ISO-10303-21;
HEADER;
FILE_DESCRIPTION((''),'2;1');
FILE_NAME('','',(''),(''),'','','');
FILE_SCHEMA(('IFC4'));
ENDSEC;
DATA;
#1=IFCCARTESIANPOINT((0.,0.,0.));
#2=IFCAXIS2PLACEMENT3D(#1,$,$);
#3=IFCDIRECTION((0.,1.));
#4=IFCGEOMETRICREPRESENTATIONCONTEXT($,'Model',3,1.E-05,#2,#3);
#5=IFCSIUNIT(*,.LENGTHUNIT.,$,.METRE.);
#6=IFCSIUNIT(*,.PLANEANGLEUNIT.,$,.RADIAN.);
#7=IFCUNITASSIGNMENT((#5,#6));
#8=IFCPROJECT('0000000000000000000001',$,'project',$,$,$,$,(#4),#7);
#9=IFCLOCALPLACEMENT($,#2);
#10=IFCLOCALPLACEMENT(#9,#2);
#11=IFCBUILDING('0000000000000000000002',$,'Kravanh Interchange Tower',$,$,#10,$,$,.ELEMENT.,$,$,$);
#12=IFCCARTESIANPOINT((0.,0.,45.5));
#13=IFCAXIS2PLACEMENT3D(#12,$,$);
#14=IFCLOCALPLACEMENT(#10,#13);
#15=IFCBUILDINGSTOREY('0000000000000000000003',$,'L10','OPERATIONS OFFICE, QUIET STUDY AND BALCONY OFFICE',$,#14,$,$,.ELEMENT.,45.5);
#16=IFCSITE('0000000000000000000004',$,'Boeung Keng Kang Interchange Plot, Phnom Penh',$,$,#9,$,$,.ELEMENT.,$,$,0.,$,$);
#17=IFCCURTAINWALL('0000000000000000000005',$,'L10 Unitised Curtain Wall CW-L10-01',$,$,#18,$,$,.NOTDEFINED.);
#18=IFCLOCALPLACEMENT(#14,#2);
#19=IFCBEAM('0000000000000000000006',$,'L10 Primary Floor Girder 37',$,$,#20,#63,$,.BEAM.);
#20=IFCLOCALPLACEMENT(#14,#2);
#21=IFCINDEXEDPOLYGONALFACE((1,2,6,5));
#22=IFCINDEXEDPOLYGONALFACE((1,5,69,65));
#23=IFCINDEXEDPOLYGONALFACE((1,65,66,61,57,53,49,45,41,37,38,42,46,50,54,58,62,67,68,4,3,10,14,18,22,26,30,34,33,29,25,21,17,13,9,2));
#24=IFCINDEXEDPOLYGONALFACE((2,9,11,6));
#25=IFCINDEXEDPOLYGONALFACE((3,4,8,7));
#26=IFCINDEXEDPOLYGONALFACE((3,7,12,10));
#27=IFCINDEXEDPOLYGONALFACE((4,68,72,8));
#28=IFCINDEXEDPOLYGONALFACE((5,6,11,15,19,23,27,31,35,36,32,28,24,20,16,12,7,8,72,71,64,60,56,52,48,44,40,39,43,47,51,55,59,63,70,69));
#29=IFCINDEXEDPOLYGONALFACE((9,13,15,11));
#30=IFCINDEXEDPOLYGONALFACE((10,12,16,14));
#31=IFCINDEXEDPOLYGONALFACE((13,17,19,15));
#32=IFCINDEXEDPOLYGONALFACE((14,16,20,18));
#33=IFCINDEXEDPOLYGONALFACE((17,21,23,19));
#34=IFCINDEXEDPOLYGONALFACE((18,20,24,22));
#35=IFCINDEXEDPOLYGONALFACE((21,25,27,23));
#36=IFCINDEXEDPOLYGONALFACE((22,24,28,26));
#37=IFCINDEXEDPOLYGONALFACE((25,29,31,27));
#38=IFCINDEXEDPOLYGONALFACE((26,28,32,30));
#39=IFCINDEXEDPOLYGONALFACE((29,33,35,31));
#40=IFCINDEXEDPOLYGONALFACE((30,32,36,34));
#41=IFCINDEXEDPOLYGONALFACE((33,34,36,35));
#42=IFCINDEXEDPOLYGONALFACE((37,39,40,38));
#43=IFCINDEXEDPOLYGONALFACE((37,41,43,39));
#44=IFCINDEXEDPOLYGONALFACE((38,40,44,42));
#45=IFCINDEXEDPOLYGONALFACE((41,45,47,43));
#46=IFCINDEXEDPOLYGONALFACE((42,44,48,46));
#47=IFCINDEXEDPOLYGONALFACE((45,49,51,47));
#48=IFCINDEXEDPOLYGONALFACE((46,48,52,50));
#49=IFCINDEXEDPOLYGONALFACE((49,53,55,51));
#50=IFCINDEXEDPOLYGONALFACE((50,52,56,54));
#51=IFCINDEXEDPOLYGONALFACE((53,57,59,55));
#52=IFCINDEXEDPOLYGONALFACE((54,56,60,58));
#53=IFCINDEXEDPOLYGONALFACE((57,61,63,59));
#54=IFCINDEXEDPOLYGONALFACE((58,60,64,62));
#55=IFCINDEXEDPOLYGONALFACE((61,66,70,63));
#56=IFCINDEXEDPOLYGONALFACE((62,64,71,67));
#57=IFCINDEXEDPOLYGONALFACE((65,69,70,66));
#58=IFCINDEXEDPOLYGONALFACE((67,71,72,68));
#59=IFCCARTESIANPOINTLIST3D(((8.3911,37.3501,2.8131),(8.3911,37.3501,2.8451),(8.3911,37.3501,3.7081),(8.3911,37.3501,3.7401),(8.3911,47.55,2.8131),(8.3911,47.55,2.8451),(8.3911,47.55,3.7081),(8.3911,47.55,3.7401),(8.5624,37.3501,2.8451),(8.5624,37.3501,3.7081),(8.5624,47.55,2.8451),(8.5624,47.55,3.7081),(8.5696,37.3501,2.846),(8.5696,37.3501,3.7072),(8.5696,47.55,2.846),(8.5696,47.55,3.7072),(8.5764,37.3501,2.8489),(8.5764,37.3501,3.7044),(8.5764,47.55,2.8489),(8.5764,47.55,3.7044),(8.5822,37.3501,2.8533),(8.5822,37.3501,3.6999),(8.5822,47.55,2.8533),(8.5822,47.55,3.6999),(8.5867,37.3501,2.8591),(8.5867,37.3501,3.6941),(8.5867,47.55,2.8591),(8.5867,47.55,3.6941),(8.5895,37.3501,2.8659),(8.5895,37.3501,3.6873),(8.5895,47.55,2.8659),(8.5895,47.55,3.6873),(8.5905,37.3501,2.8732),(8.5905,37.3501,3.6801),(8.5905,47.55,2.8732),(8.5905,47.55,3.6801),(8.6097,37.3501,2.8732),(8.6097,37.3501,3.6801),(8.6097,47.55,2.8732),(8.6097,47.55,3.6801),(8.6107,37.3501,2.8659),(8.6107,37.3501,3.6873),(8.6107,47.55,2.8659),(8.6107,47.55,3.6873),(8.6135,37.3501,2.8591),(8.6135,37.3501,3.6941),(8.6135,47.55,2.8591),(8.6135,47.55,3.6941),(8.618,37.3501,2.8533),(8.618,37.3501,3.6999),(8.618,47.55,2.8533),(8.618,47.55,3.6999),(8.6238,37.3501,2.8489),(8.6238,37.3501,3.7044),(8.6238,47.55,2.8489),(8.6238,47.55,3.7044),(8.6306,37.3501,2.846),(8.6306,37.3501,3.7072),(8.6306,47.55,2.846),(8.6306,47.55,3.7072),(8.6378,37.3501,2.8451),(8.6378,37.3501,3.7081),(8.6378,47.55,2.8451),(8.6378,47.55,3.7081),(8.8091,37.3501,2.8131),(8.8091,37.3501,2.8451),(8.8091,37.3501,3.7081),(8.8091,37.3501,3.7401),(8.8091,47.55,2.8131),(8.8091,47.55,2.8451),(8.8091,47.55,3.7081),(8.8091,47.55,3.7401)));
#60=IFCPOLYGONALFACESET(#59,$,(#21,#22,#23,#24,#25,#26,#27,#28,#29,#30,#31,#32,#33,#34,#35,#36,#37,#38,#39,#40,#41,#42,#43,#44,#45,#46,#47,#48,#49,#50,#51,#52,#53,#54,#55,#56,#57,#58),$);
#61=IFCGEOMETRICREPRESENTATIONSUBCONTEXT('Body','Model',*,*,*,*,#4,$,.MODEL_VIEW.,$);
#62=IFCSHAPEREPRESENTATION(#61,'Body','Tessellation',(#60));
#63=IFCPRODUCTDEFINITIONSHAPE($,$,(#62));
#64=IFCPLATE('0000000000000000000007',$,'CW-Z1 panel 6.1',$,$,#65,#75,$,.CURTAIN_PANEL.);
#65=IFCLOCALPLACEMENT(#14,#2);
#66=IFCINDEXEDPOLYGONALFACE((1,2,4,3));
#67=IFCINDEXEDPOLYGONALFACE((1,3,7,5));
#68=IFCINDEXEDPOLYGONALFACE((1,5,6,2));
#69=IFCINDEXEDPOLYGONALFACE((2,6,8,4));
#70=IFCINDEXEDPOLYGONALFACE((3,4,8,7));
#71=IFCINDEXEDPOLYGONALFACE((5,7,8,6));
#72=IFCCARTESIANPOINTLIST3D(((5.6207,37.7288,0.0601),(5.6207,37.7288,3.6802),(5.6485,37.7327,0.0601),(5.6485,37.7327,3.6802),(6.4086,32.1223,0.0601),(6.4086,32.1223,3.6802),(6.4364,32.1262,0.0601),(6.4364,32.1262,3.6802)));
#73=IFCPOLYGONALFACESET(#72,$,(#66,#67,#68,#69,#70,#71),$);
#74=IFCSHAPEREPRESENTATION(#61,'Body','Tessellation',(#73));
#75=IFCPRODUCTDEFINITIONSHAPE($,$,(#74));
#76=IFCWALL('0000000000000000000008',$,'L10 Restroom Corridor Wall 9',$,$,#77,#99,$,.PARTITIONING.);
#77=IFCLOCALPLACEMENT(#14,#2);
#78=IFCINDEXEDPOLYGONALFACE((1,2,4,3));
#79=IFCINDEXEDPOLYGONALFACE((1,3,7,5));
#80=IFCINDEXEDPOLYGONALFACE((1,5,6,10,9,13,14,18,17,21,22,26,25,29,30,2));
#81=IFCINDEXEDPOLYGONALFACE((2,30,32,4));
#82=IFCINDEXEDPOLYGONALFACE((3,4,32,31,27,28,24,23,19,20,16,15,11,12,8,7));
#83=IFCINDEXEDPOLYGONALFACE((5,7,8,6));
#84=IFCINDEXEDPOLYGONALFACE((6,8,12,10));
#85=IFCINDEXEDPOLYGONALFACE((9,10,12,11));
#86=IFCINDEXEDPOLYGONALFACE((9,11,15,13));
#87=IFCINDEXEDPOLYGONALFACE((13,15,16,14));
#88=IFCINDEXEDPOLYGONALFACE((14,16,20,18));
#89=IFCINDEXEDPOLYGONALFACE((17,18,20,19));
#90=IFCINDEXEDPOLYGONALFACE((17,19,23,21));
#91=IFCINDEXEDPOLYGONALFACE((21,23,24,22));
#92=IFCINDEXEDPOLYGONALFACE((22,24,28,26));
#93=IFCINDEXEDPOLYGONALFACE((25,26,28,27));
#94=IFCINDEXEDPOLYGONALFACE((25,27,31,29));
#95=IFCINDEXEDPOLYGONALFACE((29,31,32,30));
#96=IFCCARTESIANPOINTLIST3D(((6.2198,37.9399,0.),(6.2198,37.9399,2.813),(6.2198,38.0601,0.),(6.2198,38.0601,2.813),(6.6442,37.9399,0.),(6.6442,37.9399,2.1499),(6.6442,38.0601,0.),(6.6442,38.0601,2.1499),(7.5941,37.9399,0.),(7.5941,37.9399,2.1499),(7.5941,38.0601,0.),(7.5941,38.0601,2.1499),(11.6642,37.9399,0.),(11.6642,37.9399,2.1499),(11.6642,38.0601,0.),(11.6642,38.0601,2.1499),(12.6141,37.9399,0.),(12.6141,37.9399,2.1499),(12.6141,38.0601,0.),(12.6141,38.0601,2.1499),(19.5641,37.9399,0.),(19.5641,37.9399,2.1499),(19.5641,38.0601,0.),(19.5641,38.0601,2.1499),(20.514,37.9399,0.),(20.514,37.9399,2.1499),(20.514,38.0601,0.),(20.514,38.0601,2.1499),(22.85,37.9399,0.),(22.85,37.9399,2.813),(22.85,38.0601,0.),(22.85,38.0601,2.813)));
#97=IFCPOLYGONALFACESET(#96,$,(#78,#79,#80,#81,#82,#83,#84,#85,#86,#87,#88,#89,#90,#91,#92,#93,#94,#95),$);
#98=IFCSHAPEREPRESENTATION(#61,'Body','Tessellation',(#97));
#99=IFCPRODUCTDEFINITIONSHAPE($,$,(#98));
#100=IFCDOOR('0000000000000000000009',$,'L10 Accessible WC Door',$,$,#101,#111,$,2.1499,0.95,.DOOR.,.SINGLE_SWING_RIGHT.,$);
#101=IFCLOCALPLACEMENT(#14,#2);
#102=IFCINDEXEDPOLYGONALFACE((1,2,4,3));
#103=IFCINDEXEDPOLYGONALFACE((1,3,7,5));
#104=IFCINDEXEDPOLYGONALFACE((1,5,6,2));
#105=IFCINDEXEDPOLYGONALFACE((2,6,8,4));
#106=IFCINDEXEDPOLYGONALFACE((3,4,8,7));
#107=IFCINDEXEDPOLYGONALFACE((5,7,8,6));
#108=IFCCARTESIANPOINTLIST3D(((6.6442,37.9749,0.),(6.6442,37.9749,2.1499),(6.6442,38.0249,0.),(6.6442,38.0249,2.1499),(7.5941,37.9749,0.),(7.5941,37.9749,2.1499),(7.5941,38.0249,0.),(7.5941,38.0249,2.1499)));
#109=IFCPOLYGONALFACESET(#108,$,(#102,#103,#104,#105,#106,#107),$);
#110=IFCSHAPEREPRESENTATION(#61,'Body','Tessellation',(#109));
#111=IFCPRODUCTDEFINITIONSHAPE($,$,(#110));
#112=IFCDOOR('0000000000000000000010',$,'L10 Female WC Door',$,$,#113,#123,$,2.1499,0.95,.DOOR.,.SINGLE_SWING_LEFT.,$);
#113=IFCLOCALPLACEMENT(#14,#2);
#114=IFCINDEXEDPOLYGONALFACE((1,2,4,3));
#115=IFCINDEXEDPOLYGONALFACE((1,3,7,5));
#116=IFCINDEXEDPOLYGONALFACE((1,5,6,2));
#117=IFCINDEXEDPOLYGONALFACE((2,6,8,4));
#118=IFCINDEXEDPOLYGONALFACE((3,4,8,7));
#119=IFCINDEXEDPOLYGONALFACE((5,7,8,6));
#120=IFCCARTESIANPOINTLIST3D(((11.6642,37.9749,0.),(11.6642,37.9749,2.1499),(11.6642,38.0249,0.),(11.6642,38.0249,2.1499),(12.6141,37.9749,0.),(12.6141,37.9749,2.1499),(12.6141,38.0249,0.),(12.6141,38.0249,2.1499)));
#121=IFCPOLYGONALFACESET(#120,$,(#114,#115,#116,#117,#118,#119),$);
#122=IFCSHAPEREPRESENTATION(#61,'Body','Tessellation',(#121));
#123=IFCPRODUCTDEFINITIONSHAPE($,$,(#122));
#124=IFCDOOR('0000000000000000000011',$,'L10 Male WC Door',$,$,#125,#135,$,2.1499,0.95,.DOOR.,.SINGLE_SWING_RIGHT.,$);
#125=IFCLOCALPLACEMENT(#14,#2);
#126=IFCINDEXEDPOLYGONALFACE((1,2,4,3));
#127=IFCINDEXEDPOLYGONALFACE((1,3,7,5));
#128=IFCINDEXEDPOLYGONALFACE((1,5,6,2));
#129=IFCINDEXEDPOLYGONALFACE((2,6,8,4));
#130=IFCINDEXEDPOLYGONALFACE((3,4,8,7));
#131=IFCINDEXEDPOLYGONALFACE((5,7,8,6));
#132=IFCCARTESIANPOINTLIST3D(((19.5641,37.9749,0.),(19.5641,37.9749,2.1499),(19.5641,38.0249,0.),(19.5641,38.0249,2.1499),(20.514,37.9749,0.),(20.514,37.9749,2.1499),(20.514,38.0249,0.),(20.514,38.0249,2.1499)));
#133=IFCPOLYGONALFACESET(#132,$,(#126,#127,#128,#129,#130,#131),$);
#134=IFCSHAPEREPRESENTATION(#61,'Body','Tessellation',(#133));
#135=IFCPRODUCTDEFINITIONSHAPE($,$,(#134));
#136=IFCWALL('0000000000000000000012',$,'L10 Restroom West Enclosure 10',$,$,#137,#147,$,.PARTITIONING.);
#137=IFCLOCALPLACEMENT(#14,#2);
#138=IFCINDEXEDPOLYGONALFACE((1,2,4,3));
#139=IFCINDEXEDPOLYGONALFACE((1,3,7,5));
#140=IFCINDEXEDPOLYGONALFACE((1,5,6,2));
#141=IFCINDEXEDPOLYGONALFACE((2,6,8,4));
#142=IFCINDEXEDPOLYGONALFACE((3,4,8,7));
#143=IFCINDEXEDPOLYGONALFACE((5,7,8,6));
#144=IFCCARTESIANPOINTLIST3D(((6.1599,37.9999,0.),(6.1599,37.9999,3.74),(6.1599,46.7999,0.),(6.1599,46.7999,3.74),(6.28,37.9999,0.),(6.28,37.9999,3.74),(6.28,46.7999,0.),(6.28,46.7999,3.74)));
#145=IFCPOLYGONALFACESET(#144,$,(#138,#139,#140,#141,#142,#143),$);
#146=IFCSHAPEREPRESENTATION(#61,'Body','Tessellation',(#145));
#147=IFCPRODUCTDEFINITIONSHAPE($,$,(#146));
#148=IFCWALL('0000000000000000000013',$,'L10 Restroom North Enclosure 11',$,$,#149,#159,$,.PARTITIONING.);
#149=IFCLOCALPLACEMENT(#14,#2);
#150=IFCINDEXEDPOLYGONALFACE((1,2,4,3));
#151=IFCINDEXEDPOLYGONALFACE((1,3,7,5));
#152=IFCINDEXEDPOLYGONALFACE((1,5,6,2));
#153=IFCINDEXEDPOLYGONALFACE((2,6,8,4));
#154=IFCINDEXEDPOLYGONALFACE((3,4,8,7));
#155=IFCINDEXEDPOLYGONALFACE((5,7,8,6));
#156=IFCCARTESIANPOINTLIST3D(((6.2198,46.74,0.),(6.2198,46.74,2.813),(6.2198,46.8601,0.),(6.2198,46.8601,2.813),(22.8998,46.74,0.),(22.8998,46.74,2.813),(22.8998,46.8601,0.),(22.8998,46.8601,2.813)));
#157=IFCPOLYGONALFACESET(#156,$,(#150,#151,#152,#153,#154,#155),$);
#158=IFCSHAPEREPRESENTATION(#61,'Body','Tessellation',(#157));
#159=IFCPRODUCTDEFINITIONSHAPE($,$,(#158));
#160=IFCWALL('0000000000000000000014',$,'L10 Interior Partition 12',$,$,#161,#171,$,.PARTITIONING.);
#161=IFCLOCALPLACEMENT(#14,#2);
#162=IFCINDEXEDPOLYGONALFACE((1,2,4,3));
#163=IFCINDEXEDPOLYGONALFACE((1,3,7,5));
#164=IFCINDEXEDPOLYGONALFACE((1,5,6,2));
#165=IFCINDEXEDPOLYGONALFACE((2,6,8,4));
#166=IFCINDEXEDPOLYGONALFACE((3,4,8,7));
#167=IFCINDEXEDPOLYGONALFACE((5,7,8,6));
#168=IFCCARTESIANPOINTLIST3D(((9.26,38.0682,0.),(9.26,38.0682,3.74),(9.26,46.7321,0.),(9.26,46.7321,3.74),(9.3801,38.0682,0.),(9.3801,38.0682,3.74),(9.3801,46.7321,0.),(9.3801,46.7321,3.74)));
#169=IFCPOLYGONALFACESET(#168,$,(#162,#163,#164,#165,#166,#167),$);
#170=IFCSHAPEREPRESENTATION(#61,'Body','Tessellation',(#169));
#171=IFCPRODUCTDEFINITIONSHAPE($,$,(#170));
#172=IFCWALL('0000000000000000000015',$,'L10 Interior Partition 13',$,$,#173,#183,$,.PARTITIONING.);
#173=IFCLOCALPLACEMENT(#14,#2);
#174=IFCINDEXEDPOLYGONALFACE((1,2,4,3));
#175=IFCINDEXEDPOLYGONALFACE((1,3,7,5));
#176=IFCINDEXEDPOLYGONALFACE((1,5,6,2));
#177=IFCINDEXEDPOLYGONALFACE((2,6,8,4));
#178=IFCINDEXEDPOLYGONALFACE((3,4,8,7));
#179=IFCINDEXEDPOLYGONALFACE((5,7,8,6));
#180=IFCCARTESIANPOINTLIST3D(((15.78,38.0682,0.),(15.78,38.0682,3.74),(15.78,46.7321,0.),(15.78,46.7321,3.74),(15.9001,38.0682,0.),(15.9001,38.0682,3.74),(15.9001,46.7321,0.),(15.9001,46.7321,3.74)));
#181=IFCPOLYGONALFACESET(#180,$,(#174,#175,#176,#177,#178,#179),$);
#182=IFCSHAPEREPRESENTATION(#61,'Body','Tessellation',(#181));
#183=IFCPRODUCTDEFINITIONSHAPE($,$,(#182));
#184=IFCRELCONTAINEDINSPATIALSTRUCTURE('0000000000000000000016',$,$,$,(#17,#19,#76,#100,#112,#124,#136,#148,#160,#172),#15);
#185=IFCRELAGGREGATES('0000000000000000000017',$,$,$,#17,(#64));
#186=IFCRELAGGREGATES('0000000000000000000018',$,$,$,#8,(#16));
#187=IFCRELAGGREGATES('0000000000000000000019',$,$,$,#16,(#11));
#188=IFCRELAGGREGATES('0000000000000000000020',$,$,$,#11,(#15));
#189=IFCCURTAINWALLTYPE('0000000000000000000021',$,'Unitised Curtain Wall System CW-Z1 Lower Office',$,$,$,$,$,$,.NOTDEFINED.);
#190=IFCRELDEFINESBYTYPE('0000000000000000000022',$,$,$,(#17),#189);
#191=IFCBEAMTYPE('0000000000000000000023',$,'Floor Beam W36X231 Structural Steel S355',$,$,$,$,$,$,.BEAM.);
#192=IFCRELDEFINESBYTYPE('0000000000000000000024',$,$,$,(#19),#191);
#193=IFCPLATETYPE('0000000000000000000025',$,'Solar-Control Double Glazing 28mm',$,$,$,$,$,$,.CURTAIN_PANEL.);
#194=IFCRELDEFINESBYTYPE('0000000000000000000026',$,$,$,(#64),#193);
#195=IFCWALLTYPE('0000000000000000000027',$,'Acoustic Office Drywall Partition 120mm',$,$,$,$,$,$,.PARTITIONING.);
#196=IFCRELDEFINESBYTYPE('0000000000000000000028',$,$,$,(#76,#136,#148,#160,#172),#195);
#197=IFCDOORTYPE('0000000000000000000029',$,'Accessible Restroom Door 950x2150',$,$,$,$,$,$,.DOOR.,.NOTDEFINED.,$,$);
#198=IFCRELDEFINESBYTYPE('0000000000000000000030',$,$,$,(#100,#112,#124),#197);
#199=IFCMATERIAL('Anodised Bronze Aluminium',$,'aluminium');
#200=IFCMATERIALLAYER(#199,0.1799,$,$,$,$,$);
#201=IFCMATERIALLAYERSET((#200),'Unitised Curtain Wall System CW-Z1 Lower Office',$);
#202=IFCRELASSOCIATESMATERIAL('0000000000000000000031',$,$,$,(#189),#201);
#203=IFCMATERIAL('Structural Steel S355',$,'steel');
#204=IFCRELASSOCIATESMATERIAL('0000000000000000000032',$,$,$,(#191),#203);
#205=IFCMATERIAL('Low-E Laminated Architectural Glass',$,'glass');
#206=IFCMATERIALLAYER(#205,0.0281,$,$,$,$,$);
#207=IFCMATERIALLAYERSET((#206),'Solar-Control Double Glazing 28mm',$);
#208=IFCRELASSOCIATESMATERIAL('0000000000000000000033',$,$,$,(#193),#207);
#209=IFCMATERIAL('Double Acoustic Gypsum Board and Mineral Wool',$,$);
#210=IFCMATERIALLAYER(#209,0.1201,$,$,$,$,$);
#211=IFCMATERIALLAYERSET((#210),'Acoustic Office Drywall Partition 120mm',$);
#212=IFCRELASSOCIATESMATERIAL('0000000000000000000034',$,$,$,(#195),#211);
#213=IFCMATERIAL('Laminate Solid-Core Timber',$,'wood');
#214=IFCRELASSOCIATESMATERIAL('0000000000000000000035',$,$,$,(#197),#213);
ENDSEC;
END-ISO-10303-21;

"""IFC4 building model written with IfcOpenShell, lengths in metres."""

from ifc_helpers import new_model, si_unit, direction, frame, frame_2d, origin, origin_2d, place, context, subcontext, project, spatial, rectangle, i_section, extrude, material, layer, layer_set, material_profile, profile_set, type_object, element, fill, aggregate, save


model = new_model("IFC4")

# Units and contexts
model_context = context("Model", 3, precision=1e-05, world=origin(), true_north=direction((0.0, 1.0)))
body_context = subcontext(model_context, "Body", "Model", "MODEL_VIEW")
ifc_project = project(units=[si_unit("LENGTHUNIT", "METRE"), si_unit("PLANEANGLEUNIT", "RADIAN")], contexts=[model_context])

# Site, building, storey
site_placement = place(None, origin())
site = spatial("IfcSite", under=ifc_project, at=site_placement, Name="Boeung Keng Kang Interchange Plot, Phnom Penh", CompositionType="ELEMENT", RefElevation=0.0)
building_placement = place(site_placement, origin())
building = spatial("IfcBuilding", under=site, at=building_placement, Name="Kravanh Interchange Tower", CompositionType="ELEMENT")
storey_placement = place(building_placement, frame((0.0, 0.0, 45.5)))
storey = spatial("IfcBuildingStorey", under=building, at=storey_placement, Name="L10", Description="OPERATIONS OFFICE, QUIET STUDY AND BALCONY OFFICE", CompositionType="ELEMENT", Elevation=45.5)

# Curtain wall
ifc_material_1 = material(Name="Anodised Bronze Aluminium", Category="aluminium")
ifc_layer_1 = layer(ifc_material_1, 0.1799)
ifc_layer_set_1 = layer_set([ifc_layer_1], Name="Unitised Curtain Wall System CW-Z1 Lower Office")
curtain_wall_type = type_object("IfcCurtainWallType", Name="Unitised Curtain Wall System CW-Z1 Lower Office", PredefinedType="NOTDEFINED", material=ifc_layer_set_1)
curtain_wall_placement = place(storey_placement, origin())
curtain_wall = element("IfcCurtainWall", 1, at=curtain_wall_placement, inside=storey, type_object=curtain_wall_type, Name="L10 Unitised Curtain Wall CW-L10-01", PredefinedType="NOTDEFINED")

# Beam
ifc_material_2 = material(Name="Structural Steel S355", Category="steel")
ifc_material_profile_1 = material_profile(ifc_material_2, i_section(OverallWidth=0.418, OverallDepth=0.927, WebThickness=0.0193, FlangeThickness=0.032, FilletRadius=0.0281, at=origin_2d()), Name="W36X231")
ifc_profile_set_1 = profile_set([ifc_material_profile_1], Name="Structural Steel S355")
beam_type = type_object("IfcBeamType", Name="Floor Beam W36X231 Structural Steel S355", PredefinedType="BEAM", material=ifc_profile_set_1)
beam_1_placement = place(storey_placement, frame((8.6001, 37.3501, 3.2766), z_axis=(0.0, 1.0, 0.0), x_axis=(-1.0, 0.0, 0.0)))
element("IfcBeam", 2, at=beam_1_placement, inside=storey, type_object=beam_type, Name="L10 Primary Floor Girder 37", PredefinedType="BEAM", context=body_context, shape_type="SweptSolid", body=[
    extrude(i_section(OverallWidth=0.418, OverallDepth=0.927, WebThickness=0.0193, FlangeThickness=0.032, FilletRadius=0.0281, at=origin_2d()), origin(), (0.0, 0.0, 1.0), 10.2),
])

# Plate
ifc_material_3 = material(Name="Low-E Laminated Architectural Glass", Category="glass")
ifc_layer_2 = layer(ifc_material_3, 0.0281)
ifc_layer_set_2 = layer_set([ifc_layer_2], Name="Solar-Control Double Glazing 28mm")
plate_type = type_object("IfcPlateType", Name="Solar-Control Double Glazing 28mm", PredefinedType="CURTAIN_PANEL", material=ifc_layer_set_2)
plate_placement = place(storey_placement, frame((6.0286, 34.9275, 0.0601), z_axis=(0.0, 0.0, 1.0), x_axis=(-0.139177, 0.990268, 0.0)))
plate = element("IfcPlate", 3, at=plate_placement, type_object=plate_type, Name="CW-Z1 panel 6.1", PredefinedType="CURTAIN_PANEL", context=body_context, shape_type="SweptSolid", body=[
    extrude(rectangle(XDim=5.6616, YDim=0.0281, at=origin_2d()), origin(), (0.0, 0.0, 1.0), 3.6201),
])
aggregate(curtain_wall, [plate])

# Wall, openings, doors
ifc_material_4 = material(Name="Double Acoustic Gypsum Board and Mineral Wool")
ifc_layer_3 = layer(ifc_material_4, 0.1201)
ifc_layer_set_3 = layer_set([ifc_layer_3], Name="Acoustic Office Drywall Partition 120mm")
wall_type_1 = type_object("IfcWallType", Name="Acoustic Office Drywall Partition 120mm", PredefinedType="PARTITIONING", material=ifc_layer_set_3)
wall_1_placement = place(storey_placement, frame((6.22, 38.0, 0.0), z_axis=(0.0, 0.0, 1.0), x_axis=(1.0, 0.0, 0.0)))
wall_1 = element("IfcWall", 4, at=wall_1_placement, inside=storey, type_object=wall_type_1, Name="L10 Restroom Corridor Wall 9", PredefinedType="PARTITIONING", context=body_context, shape_type="SweptSolid", body=[
    extrude(rectangle(XDim=16.6301, YDim=0.1201, at=frame_2d((8.3149, 0.0))), origin(), (0.0, 0.0, 1.0), 2.813),
])
opening_1_placement = place(wall_1_placement, frame((0.4241, 0.0, 0.0)))
opening_1 = element("IfcOpeningElement", 5, at=opening_1_placement, cuts=wall_1, PredefinedType="OPENING", context=body_context, shape_type="SweptSolid", body=[
    extrude(rectangle(XDim=0.95, YDim=2.1499, at=frame_2d((0.4751, 1.075))), frame((0.0, 0.0701, 0.0), z_axis=(0.0, -1.0, 0.0), x_axis=(1.0, 0.0, 0.0)), (0.0, 0.0, 1.0), 0.1401),
])
opening_2_placement = place(wall_1_placement, frame((5.4441, 0.0, 0.0)))
opening_2 = element("IfcOpeningElement", 6, at=opening_2_placement, cuts=wall_1, PredefinedType="OPENING", context=body_context, shape_type="SweptSolid", body=[
    extrude(rectangle(XDim=0.95, YDim=2.1499, at=frame_2d((0.4751, 1.075))), frame((0.0, 0.0701, 0.0), z_axis=(0.0, -1.0, 0.0), x_axis=(1.0, 0.0, 0.0)), (0.0, 0.0, 1.0), 0.1401),
])
opening_3_placement = place(wall_1_placement, frame((13.344, 0.0, 0.0)))
opening_3 = element("IfcOpeningElement", 7, at=opening_3_placement, cuts=wall_1, PredefinedType="OPENING", context=body_context, shape_type="SweptSolid", body=[
    extrude(rectangle(XDim=0.95, YDim=2.1499, at=frame_2d((0.4751, 1.075))), frame((0.0, 0.0701, 0.0), z_axis=(0.0, -1.0, 0.0), x_axis=(1.0, 0.0, 0.0)), (0.0, 0.0, 1.0), 0.1401),
])
ifc_material_5 = material(Name="Laminate Solid-Core Timber", Category="wood")
door_type = type_object("IfcDoorType", Name="Accessible Restroom Door 950x2150", OperationType="NOTDEFINED", PredefinedType="DOOR", material=ifc_material_5)
door_1_placement = place(opening_1_placement, origin())
door_1 = element("IfcDoor", 8, at=door_1_placement, inside=storey, type_object=door_type, Name="L10 Accessible WC Door", OperationType="SINGLE_SWING_RIGHT", OverallHeight=2.1499, OverallWidth=0.95, PredefinedType="DOOR", context=body_context, shape_type="SweptSolid", body=[
    extrude(rectangle(XDim=0.95, YDim=2.1499, at=frame_2d((0.4751, 1.075))), frame((0.0, 0.0249, 0.0), z_axis=(0.0, -1.0, 0.0), x_axis=(1.0, 0.0, 0.0)), (0.0, 0.0, 1.0), 0.05),
])
fill(opening_1, door_1)
door_2_placement = place(opening_2_placement, origin())
door_2 = element("IfcDoor", 9, at=door_2_placement, inside=storey, type_object=door_type, Name="L10 Female WC Door", OperationType="SINGLE_SWING_LEFT", OverallHeight=2.1499, OverallWidth=0.95, PredefinedType="DOOR", context=body_context, shape_type="SweptSolid", body=[
    extrude(rectangle(XDim=0.95, YDim=2.1499, at=frame_2d((0.4751, 1.075))), frame((0.0, 0.0249, 0.0), z_axis=(0.0, -1.0, 0.0), x_axis=(1.0, 0.0, 0.0)), (0.0, 0.0, 1.0), 0.05),
])
fill(opening_2, door_2)
door_3_placement = place(opening_3_placement, origin())
door_3 = element("IfcDoor", 10, at=door_3_placement, inside=storey, type_object=door_type, Name="L10 Male WC Door", OperationType="SINGLE_SWING_RIGHT", OverallHeight=2.1499, OverallWidth=0.95, PredefinedType="DOOR", context=body_context, shape_type="SweptSolid", body=[
    extrude(rectangle(XDim=0.95, YDim=2.1499, at=frame_2d((0.4751, 1.075))), frame((0.0, 0.0249, 0.0), z_axis=(0.0, -1.0, 0.0), x_axis=(1.0, 0.0, 0.0)), (0.0, 0.0, 1.0), 0.05),
])
fill(opening_3, door_3)

# Walls
wall_2_placement = place(storey_placement, frame((6.22, 38.0, 0.0), z_axis=(0.0, 0.0, 1.0), x_axis=(0.0, 1.0, 0.0)))
element("IfcWall", 11, at=wall_2_placement, inside=storey, type_object=wall_type_1, Name="L10 Restroom West Enclosure 10", PredefinedType="PARTITIONING", context=body_context, shape_type="SweptSolid", body=[
    extrude(rectangle(XDim=8.8, YDim=0.1201, at=frame_2d((4.3999, 0.0))), origin(), (0.0, 0.0, 1.0), 3.74),
])
wall_3_placement = place(storey_placement, frame((6.22, 46.8, 0.0), z_axis=(0.0, 0.0, 1.0), x_axis=(1.0, 0.0, 0.0)))
element("IfcWall", 12, at=wall_3_placement, inside=storey, type_object=wall_type_1, Name="L10 Restroom North Enclosure 11", PredefinedType="PARTITIONING", context=body_context, shape_type="SweptSolid", body=[
    extrude(rectangle(XDim=16.6799, YDim=0.1201, at=frame_2d((8.3398, 0.0))), origin(), (0.0, 0.0, 1.0), 2.813),
])
for number, where, z_axis, x_axis, name in (
    (13, (9.3201, 38.0681, 0.0), (0.0, 0.0, 1.0), (0.0, 1.0, 0.0), "L10 Interior Partition 12"),
    (14, (15.8401, 38.0681, 0.0), (0.0, 0.0, 1.0), (0.0, 1.0, 0.0), "L10 Interior Partition 13"),
):
    element("IfcWall", number, at=place(storey_placement, frame(where, z_axis=z_axis, x_axis=x_axis)), inside=storey, type_object=wall_type_1, Name=name, PredefinedType="PARTITIONING", context=body_context, shape_type="SweptSolid", body=[
        extrude(rectangle(XDim=8.6638, YDim=0.1201, at=frame_2d((4.332, 0.0))), origin(), (0.0, 0.0, 1.0), 3.74),
    ])

save(model, "model.ifc")
